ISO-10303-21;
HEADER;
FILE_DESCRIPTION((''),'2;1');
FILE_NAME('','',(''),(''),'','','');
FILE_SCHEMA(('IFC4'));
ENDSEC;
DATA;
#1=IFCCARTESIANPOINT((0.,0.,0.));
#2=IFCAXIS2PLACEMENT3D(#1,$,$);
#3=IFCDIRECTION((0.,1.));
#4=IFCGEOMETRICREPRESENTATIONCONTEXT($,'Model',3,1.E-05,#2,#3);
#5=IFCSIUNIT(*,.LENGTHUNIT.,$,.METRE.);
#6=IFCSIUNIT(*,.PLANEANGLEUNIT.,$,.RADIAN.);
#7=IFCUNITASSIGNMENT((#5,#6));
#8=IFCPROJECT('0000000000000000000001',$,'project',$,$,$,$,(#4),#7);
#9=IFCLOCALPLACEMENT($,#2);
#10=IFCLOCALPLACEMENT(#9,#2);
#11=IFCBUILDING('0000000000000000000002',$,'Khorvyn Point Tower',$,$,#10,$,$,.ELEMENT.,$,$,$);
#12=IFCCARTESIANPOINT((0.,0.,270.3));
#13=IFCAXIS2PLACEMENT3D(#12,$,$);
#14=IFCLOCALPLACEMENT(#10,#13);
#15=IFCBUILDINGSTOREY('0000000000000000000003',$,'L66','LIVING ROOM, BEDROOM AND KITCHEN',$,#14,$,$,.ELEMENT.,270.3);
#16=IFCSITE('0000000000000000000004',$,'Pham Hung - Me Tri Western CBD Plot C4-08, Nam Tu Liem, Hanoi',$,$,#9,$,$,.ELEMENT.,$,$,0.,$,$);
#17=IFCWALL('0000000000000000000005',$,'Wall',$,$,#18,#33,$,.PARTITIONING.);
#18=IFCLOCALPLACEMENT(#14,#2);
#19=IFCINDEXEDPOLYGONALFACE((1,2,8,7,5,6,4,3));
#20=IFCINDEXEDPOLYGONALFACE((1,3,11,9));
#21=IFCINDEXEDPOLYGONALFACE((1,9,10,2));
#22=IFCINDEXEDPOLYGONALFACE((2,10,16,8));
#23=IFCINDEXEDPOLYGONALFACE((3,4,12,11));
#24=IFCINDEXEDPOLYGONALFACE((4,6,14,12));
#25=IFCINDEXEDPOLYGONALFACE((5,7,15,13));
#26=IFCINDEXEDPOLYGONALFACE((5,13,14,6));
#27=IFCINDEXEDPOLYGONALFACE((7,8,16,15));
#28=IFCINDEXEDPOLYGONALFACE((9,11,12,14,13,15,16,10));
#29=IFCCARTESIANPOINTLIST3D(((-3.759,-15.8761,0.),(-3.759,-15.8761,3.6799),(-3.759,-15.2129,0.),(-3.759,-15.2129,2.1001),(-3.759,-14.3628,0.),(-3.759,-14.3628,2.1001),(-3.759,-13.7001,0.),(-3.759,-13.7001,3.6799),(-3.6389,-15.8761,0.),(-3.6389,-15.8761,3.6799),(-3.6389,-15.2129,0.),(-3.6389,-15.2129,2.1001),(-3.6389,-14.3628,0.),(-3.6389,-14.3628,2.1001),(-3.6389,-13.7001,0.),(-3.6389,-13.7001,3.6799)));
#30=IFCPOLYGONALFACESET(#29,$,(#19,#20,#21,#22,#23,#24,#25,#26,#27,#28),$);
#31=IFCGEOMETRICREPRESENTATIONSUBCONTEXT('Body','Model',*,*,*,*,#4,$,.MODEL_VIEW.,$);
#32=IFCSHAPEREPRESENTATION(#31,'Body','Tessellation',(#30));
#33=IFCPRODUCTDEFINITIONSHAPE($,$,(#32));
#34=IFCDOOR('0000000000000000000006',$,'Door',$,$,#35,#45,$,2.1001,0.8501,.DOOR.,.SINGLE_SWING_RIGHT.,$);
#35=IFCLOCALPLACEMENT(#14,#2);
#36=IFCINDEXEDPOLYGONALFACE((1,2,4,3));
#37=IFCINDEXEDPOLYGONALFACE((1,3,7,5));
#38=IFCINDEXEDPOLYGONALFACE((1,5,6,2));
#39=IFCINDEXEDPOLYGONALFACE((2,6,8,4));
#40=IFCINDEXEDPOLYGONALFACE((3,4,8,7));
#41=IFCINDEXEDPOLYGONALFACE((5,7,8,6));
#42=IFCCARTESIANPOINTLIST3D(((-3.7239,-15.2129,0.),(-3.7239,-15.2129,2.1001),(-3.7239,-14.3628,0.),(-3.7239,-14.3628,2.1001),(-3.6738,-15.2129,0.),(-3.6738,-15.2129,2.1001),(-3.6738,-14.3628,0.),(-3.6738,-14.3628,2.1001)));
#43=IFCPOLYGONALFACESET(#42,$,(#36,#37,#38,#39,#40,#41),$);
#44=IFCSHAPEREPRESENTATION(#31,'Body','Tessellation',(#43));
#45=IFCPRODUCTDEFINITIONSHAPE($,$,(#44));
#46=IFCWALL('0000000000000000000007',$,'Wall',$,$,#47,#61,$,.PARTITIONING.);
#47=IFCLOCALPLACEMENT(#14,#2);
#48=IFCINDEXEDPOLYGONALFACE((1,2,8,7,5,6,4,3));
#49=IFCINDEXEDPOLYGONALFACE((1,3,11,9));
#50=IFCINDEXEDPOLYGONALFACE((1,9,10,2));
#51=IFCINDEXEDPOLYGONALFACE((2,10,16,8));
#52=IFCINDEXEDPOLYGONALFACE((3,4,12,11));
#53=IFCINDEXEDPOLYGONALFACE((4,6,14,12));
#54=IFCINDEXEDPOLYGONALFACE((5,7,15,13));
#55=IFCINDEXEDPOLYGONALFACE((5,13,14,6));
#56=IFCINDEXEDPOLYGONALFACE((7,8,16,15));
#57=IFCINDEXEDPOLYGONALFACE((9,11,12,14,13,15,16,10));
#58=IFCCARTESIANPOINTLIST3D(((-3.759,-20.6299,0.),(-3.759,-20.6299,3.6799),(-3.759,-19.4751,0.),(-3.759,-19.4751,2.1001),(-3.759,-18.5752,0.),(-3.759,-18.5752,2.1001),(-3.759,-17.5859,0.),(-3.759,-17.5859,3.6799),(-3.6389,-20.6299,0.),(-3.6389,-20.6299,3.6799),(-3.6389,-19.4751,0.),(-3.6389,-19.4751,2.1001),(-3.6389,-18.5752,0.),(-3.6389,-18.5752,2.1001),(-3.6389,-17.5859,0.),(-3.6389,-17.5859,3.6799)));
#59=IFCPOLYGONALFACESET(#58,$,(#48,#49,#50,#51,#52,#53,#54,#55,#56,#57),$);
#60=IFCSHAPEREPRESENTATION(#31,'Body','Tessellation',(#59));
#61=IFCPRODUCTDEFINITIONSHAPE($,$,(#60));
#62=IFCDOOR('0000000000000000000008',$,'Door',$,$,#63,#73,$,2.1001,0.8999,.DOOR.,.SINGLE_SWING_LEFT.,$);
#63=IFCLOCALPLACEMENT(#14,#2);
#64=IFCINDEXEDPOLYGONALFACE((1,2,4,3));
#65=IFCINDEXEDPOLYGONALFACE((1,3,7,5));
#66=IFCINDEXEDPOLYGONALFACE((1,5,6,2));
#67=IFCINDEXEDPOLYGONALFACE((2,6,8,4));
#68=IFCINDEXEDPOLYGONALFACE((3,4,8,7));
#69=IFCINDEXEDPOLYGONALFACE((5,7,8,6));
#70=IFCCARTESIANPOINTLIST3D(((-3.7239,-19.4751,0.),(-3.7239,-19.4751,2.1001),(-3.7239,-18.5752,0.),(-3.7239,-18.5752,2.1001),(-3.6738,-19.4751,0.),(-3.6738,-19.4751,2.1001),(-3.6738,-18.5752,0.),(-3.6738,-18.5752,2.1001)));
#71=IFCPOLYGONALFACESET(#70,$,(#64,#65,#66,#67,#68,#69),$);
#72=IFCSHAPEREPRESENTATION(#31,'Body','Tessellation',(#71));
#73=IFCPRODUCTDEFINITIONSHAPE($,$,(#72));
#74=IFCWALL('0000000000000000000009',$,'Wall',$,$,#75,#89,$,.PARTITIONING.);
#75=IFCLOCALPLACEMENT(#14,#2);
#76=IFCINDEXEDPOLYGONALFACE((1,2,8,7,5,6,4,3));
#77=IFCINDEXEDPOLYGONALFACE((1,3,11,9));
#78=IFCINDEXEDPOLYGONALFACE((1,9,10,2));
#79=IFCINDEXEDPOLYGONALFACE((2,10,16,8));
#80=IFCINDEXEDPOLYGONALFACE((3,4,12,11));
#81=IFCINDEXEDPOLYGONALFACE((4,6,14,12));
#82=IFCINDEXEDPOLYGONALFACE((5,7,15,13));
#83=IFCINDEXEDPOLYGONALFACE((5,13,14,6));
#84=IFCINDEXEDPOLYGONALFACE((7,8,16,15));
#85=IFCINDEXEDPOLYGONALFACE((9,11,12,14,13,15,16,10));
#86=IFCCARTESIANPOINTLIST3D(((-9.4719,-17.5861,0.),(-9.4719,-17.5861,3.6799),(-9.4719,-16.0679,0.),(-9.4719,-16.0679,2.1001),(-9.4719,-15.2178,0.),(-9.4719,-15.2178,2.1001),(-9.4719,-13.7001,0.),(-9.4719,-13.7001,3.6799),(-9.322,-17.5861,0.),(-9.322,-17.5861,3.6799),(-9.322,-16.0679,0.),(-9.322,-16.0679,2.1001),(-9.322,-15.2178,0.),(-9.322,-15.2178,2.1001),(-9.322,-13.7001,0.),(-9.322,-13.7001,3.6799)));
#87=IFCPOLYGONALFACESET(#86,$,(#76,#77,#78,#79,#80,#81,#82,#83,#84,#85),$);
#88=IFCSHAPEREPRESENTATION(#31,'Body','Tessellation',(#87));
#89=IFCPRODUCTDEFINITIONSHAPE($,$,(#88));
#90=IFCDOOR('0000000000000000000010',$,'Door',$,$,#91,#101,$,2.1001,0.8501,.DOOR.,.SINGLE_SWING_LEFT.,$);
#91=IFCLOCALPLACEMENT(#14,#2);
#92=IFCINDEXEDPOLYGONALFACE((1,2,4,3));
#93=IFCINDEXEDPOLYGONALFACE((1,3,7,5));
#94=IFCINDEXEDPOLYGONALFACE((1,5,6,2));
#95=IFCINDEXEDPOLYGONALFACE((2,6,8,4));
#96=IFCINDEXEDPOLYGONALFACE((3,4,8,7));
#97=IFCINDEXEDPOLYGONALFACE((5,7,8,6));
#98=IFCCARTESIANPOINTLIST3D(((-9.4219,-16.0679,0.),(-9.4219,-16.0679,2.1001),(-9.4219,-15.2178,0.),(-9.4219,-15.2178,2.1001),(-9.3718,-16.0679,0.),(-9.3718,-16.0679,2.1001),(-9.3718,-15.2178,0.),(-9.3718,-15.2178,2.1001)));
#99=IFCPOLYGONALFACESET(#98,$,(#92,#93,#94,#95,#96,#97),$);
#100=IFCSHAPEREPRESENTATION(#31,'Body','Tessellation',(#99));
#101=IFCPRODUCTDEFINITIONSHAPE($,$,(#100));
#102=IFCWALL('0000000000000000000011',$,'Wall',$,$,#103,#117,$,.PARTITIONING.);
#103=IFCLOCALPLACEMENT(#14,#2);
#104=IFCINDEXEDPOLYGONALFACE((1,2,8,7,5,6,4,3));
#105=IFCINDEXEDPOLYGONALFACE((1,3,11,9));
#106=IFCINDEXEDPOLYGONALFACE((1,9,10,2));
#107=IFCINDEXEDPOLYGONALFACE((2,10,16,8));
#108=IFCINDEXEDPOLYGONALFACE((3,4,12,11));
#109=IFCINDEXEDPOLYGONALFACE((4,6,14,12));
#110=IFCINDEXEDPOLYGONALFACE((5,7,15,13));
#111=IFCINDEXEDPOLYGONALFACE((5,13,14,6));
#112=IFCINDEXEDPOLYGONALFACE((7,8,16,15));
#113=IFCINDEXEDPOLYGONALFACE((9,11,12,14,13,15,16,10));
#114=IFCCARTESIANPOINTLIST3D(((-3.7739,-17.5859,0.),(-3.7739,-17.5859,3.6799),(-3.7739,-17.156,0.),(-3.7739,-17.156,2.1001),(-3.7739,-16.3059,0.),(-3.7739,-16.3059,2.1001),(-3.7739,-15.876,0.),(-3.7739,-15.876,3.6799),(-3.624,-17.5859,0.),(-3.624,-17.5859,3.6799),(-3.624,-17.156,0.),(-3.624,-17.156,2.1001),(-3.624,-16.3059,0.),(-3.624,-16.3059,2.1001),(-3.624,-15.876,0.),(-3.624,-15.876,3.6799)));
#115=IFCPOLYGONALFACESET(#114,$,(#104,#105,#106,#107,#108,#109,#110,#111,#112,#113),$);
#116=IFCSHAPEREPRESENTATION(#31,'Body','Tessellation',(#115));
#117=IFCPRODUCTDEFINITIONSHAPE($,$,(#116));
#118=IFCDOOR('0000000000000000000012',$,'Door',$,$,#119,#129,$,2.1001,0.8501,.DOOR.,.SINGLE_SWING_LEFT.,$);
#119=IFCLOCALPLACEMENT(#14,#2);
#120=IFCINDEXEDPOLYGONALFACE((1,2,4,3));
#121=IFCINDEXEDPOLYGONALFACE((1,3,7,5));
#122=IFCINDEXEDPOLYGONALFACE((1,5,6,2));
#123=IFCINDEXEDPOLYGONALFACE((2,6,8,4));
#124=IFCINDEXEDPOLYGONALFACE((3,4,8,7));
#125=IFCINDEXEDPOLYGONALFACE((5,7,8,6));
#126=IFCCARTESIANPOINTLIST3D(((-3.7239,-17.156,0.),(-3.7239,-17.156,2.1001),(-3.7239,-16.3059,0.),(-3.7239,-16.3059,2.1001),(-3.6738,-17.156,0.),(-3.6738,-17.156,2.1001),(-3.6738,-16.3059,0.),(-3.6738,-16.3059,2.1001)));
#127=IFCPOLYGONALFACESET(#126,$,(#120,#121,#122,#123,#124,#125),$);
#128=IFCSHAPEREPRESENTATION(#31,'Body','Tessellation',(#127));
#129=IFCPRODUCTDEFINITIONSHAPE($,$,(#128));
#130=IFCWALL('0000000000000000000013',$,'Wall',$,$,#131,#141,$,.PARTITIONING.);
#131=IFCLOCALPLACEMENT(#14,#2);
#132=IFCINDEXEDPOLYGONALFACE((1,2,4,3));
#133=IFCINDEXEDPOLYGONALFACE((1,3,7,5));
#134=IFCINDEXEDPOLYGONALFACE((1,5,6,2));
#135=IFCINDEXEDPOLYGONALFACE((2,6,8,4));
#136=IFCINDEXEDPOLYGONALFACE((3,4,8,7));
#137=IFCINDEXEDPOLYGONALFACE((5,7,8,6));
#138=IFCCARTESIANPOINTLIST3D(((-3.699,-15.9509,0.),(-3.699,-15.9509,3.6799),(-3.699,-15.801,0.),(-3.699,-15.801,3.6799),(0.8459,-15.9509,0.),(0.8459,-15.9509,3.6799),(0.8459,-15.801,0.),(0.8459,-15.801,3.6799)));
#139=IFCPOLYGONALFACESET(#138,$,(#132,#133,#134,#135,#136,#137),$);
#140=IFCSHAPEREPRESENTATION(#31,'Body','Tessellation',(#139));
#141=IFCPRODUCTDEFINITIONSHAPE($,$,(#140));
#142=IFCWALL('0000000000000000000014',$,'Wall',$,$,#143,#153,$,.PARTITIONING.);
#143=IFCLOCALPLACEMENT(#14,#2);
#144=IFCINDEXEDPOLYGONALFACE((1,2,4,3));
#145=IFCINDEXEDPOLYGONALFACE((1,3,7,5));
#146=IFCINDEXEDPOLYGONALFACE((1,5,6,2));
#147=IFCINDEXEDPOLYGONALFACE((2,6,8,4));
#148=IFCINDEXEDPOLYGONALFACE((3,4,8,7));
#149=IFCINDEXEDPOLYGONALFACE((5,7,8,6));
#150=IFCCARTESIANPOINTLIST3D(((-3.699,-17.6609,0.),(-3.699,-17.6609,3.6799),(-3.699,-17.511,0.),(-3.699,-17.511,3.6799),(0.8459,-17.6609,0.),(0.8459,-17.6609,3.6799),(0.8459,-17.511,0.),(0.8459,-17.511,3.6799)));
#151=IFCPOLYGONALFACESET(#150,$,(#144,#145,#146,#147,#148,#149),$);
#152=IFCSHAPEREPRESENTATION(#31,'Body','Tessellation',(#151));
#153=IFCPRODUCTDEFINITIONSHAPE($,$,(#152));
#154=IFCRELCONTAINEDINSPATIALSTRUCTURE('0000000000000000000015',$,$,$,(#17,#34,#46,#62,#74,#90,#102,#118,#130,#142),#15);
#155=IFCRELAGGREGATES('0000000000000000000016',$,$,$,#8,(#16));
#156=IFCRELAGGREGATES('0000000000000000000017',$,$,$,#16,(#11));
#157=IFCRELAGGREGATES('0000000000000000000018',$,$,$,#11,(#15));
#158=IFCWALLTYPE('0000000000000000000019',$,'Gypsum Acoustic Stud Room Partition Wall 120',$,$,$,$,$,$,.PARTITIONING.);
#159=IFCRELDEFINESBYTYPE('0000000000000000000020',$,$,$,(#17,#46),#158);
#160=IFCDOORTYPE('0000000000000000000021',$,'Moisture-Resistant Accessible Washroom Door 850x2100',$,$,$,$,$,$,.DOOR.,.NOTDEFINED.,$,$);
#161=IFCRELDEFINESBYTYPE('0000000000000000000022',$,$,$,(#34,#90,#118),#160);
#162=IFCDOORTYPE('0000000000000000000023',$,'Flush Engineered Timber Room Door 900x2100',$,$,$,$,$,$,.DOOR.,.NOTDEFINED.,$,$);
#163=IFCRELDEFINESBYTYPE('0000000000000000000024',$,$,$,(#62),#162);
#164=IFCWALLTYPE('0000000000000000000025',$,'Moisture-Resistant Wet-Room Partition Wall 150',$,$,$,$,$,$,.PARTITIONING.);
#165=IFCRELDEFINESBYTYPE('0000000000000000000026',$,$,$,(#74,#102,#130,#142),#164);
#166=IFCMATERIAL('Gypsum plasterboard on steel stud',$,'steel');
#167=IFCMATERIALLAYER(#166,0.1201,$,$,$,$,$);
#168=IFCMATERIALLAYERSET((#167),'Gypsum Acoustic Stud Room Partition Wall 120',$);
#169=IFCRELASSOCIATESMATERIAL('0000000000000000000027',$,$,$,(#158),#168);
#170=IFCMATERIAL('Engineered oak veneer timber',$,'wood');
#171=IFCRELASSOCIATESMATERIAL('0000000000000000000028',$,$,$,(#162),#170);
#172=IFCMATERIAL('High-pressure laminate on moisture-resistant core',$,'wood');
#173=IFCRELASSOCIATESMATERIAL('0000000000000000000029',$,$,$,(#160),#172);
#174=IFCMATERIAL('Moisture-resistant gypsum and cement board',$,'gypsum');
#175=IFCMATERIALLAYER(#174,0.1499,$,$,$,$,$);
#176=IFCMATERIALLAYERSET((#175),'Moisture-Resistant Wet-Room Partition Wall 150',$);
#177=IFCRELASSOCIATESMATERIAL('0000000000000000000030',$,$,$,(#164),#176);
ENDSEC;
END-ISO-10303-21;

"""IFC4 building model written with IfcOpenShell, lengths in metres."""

from ifc_helpers import new_model, si_unit, direction, frame, frame_2d, origin, place, context, subcontext, project, spatial, rectangle, extrude, material, layer, layer_set, type_object, element, fill, save


model = new_model("IFC4")

# Units and contexts
model_context = context("Model", 3, precision=1e-05, world=origin(), true_north=direction((0.0, 1.0)))
body_context = subcontext(model_context, "Body", "Model", "MODEL_VIEW")
ifc_project = project(units=[si_unit("LENGTHUNIT", "METRE"), si_unit("PLANEANGLEUNIT", "RADIAN")], contexts=[model_context])

# Site, building, storey
site_placement = place(None, origin())
site = spatial("IfcSite", under=ifc_project, at=site_placement, Name="Pham Hung - Me Tri Western CBD Plot C4-08, Nam Tu Liem, Hanoi", CompositionType="ELEMENT", RefElevation=0.0)
building_placement = place(site_placement, origin())
building = spatial("IfcBuilding", under=site, at=building_placement, Name="Khorvyn Point Tower", CompositionType="ELEMENT")
storey_placement = place(building_placement, frame((0.0, 0.0, 270.3)))
storey = spatial("IfcBuildingStorey", under=building, at=storey_placement, Name="L66", Description="LIVING ROOM, BEDROOM AND KITCHEN", CompositionType="ELEMENT", Elevation=270.3)

# Walls, openings, doors
ifc_material_1 = material(Name="Gypsum plasterboard on steel stud", Category="steel")
ifc_layer_1 = layer(ifc_material_1, 0.1201)
ifc_layer_set_1 = layer_set([ifc_layer_1], Name="Gypsum Acoustic Stud Room Partition Wall 120")
wall_type_1 = type_object("IfcWallType", Name="Gypsum Acoustic Stud Room Partition Wall 120", PredefinedType="PARTITIONING", material=ifc_layer_set_1)
ifc_material_2 = material(Name="Engineered oak veneer timber", Category="wood")
door_type_1 = type_object("IfcDoorType", Name="Flush Engineered Timber Room Door 900x2100", OperationType="NOTDEFINED", PredefinedType="DOOR", material=ifc_material_2)
wall_1_placement = place(storey_placement, frame((-3.699, -15.876, 0.0), z_axis=(0.0, 0.0, 1.0), x_axis=(0.0, 1.0, 0.0)))
wall_1 = element("IfcWall", 1, at=wall_1_placement, inside=storey, type_object=wall_type_1, Name="Wall", PredefinedType="PARTITIONING", context=body_context, shape_type="SweptSolid", body=[
    extrude(rectangle(XDim=2.176, YDim=0.1201, at=frame_2d((1.0879, 0.0))), origin(), (0.0, 0.0, 1.0), 3.6799),
])
opening_1_placement = place(wall_1_placement, frame((0.6631, 0.0, 0.0)))
opening_1 = element("IfcOpeningElement", 2, at=opening_1_placement, cuts=wall_1, PredefinedType="OPENING", context=body_context, shape_type="SweptSolid", body=[
    extrude(rectangle(XDim=0.8501, YDim=2.1001, at=frame_2d((0.425, 1.05))), frame((0.0, 0.0701, 0.0), z_axis=(0.0, -1.0, 0.0), x_axis=(1.0, 0.0, 0.0)), (0.0, 0.0, 1.0), 0.1401),
])
ifc_material_3 = material(Name="High-pressure laminate on moisture-resistant core", Category="wood")
door_type_2 = type_object("IfcDoorType", Name="Moisture-Resistant Accessible Washroom Door 850x2100", OperationType="NOTDEFINED", PredefinedType="DOOR", material=ifc_material_3)
door_1_placement = place(opening_1_placement, origin())
door_1 = element("IfcDoor", 3, at=door_1_placement, inside=storey, type_object=door_type_2, Name="Door", OperationType="SINGLE_SWING_RIGHT", OverallHeight=2.1001, OverallWidth=0.8501, PredefinedType="DOOR", context=body_context, shape_type="SweptSolid", body=[
    extrude(rectangle(XDim=0.8501, YDim=2.1001, at=frame_2d((0.425, 1.05))), frame((0.0, 0.0249, 0.0), z_axis=(0.0, -1.0, 0.0), x_axis=(1.0, 0.0, 0.0)), (0.0, 0.0, 1.0), 0.05),
])
fill(opening_1, door_1)
wall_2_placement = place(storey_placement, frame((-3.699, -20.6299, 0.0), z_axis=(0.0, 0.0, 1.0), x_axis=(0.0, 1.0, 0.0)))
wall_2 = element("IfcWall", 4, at=wall_2_placement, inside=storey, type_object=wall_type_1, Name="Wall", PredefinedType="PARTITIONING", context=body_context, shape_type="SweptSolid", body=[
    extrude(rectangle(XDim=3.0439, YDim=0.1201, at=frame_2d((1.522, 0.0))), origin(), (0.0, 0.0, 1.0), 3.6799),
])
opening_2_placement = place(wall_2_placement, frame((1.1548, 0.0, 0.0)))
opening_2 = element("IfcOpeningElement", 5, at=opening_2_placement, cuts=wall_2, PredefinedType="OPENING", context=body_context, shape_type="SweptSolid", body=[
    extrude(rectangle(XDim=0.8999, YDim=2.1001, at=frame_2d((0.45, 1.05))), frame((0.0, 0.0701, 0.0), z_axis=(0.0, -1.0, 0.0), x_axis=(1.0, 0.0, 0.0)), (0.0, 0.0, 1.0), 0.1401),
])
door_2_placement = place(opening_2_placement, origin())
door_2 = element("IfcDoor", 6, at=door_2_placement, inside=storey, type_object=door_type_1, Name="Door", OperationType="SINGLE_SWING_LEFT", OverallHeight=2.1001, OverallWidth=0.8999, PredefinedType="DOOR", context=body_context, shape_type="SweptSolid", body=[
    extrude(rectangle(XDim=0.8999, YDim=2.1001, at=frame_2d((0.45, 1.05))), frame((0.0, 0.0249, 0.0), z_axis=(0.0, -1.0, 0.0), x_axis=(1.0, 0.0, 0.0)), (0.0, 0.0, 1.0), 0.05),
])
fill(opening_2, door_2)
ifc_material_4 = material(Name="Moisture-resistant gypsum and cement board", Category="gypsum")
ifc_layer_2 = layer(ifc_material_4, 0.1499)
ifc_layer_set_2 = layer_set([ifc_layer_2], Name="Moisture-Resistant Wet-Room Partition Wall 150")
wall_type_2 = type_object("IfcWallType", Name="Moisture-Resistant Wet-Room Partition Wall 150", PredefinedType="PARTITIONING", material=ifc_layer_set_2)
wall_3_placement = place(storey_placement, frame((-9.397, -17.5859, 0.0), z_axis=(0.0, 0.0, 1.0), x_axis=(0.0, 1.0, 0.0)))
wall_3 = element("IfcWall", 7, at=wall_3_placement, inside=storey, type_object=wall_type_2, Name="Wall", PredefinedType="PARTITIONING", context=body_context, shape_type="SweptSolid", body=[
    extrude(rectangle(XDim=3.886, YDim=0.1499, at=frame_2d((1.9429, 0.0))), origin(), (0.0, 0.0, 1.0), 3.6799),
])
opening_3_placement = place(wall_3_placement, frame((1.5181, 0.0, 0.0)))
opening_3 = element("IfcOpeningElement", 8, at=opening_3_placement, cuts=wall_3, PredefinedType="OPENING", context=body_context, shape_type="SweptSolid", body=[
    extrude(rectangle(XDim=0.8501, YDim=2.1001, at=frame_2d((0.425, 1.05))), frame((0.0, 0.085, 0.0), z_axis=(0.0, -1.0, 0.0), x_axis=(1.0, 0.0, 0.0)), (0.0, 0.0, 1.0), 0.1699),
])
door_3_placement = place(opening_3_placement, origin())
door_3 = element("IfcDoor", 9, at=door_3_placement, inside=storey, type_object=door_type_2, Name="Door", OperationType="SINGLE_SWING_LEFT", OverallHeight=2.1001, OverallWidth=0.8501, PredefinedType="DOOR", context=body_context, shape_type="SweptSolid", body=[
    extrude(rectangle(XDim=0.8501, YDim=2.1001, at=frame_2d((0.425, 1.05))), frame((0.0, 0.0249, 0.0), z_axis=(0.0, -1.0, 0.0), x_axis=(1.0, 0.0, 0.0)), (0.0, 0.0, 1.0), 0.05),
])
fill(opening_3, door_3)
wall_4_placement = place(storey_placement, frame((-3.699, -17.5859, 0.0), z_axis=(0.0, 0.0, 1.0), x_axis=(0.0, 1.0, 0.0)))
wall_4 = element("IfcWall", 10, at=wall_4_placement, inside=storey, type_object=wall_type_2, Name="Wall", PredefinedType="PARTITIONING", context=body_context, shape_type="SweptSolid", body=[
    extrude(rectangle(XDim=1.71, YDim=0.1499, at=frame_2d((0.855, 0.0))), origin(), (0.0, 0.0, 1.0), 3.6799),
])
opening_4_placement = place(wall_4_placement, frame((0.4299, 0.0, 0.0)))
opening_4 = element("IfcOpeningElement", 11, at=opening_4_placement, cuts=wall_4, PredefinedType="OPENING", context=body_context, shape_type="SweptSolid", body=[
    extrude(rectangle(XDim=0.8501, YDim=2.1001, at=frame_2d((0.425, 1.05))), frame((0.0, 0.085, 0.0), z_axis=(0.0, -1.0, 0.0), x_axis=(1.0, 0.0, 0.0)), (0.0, 0.0, 1.0), 0.1699),
])
door_4_placement = place(opening_4_placement, origin())
door_4 = element("IfcDoor", 12, at=door_4_placement, inside=storey, type_object=door_type_2, Name="Door", OperationType="SINGLE_SWING_LEFT", OverallHeight=2.1001, OverallWidth=0.8501, PredefinedType="DOOR", context=body_context, shape_type="SweptSolid", body=[
    extrude(rectangle(XDim=0.8501, YDim=2.1001, at=frame_2d((0.425, 1.05))), frame((0.0, 0.0249, 0.0), z_axis=(0.0, -1.0, 0.0), x_axis=(1.0, 0.0, 0.0)), (0.0, 0.0, 1.0), 0.05),
])
fill(opening_4, door_4)

# Walls
for number, where, z_axis, x_axis, name in (
    (13, (-3.699, -15.876, 0.0), (0.0, 0.0, 1.0), (1.0, 0.0, 0.0), "Wall"),
    (14, (-3.699, -17.5859, 0.0), (0.0, 0.0, 1.0), (1.0, 0.0, 0.0), "Wall"),
):
    element("IfcWall", number, at=place(storey_placement, frame(where, z_axis=z_axis, x_axis=x_axis)), inside=storey, type_object=wall_type_2, Name=name, PredefinedType="PARTITIONING", context=body_context, shape_type="SweptSolid", body=[
        extrude(rectangle(XDim=4.5449, YDim=0.1499, at=frame_2d((2.2725, 0.0))), origin(), (0.0, 0.0, 1.0), 3.6799),
    ])

save(model, "model.ifc")
